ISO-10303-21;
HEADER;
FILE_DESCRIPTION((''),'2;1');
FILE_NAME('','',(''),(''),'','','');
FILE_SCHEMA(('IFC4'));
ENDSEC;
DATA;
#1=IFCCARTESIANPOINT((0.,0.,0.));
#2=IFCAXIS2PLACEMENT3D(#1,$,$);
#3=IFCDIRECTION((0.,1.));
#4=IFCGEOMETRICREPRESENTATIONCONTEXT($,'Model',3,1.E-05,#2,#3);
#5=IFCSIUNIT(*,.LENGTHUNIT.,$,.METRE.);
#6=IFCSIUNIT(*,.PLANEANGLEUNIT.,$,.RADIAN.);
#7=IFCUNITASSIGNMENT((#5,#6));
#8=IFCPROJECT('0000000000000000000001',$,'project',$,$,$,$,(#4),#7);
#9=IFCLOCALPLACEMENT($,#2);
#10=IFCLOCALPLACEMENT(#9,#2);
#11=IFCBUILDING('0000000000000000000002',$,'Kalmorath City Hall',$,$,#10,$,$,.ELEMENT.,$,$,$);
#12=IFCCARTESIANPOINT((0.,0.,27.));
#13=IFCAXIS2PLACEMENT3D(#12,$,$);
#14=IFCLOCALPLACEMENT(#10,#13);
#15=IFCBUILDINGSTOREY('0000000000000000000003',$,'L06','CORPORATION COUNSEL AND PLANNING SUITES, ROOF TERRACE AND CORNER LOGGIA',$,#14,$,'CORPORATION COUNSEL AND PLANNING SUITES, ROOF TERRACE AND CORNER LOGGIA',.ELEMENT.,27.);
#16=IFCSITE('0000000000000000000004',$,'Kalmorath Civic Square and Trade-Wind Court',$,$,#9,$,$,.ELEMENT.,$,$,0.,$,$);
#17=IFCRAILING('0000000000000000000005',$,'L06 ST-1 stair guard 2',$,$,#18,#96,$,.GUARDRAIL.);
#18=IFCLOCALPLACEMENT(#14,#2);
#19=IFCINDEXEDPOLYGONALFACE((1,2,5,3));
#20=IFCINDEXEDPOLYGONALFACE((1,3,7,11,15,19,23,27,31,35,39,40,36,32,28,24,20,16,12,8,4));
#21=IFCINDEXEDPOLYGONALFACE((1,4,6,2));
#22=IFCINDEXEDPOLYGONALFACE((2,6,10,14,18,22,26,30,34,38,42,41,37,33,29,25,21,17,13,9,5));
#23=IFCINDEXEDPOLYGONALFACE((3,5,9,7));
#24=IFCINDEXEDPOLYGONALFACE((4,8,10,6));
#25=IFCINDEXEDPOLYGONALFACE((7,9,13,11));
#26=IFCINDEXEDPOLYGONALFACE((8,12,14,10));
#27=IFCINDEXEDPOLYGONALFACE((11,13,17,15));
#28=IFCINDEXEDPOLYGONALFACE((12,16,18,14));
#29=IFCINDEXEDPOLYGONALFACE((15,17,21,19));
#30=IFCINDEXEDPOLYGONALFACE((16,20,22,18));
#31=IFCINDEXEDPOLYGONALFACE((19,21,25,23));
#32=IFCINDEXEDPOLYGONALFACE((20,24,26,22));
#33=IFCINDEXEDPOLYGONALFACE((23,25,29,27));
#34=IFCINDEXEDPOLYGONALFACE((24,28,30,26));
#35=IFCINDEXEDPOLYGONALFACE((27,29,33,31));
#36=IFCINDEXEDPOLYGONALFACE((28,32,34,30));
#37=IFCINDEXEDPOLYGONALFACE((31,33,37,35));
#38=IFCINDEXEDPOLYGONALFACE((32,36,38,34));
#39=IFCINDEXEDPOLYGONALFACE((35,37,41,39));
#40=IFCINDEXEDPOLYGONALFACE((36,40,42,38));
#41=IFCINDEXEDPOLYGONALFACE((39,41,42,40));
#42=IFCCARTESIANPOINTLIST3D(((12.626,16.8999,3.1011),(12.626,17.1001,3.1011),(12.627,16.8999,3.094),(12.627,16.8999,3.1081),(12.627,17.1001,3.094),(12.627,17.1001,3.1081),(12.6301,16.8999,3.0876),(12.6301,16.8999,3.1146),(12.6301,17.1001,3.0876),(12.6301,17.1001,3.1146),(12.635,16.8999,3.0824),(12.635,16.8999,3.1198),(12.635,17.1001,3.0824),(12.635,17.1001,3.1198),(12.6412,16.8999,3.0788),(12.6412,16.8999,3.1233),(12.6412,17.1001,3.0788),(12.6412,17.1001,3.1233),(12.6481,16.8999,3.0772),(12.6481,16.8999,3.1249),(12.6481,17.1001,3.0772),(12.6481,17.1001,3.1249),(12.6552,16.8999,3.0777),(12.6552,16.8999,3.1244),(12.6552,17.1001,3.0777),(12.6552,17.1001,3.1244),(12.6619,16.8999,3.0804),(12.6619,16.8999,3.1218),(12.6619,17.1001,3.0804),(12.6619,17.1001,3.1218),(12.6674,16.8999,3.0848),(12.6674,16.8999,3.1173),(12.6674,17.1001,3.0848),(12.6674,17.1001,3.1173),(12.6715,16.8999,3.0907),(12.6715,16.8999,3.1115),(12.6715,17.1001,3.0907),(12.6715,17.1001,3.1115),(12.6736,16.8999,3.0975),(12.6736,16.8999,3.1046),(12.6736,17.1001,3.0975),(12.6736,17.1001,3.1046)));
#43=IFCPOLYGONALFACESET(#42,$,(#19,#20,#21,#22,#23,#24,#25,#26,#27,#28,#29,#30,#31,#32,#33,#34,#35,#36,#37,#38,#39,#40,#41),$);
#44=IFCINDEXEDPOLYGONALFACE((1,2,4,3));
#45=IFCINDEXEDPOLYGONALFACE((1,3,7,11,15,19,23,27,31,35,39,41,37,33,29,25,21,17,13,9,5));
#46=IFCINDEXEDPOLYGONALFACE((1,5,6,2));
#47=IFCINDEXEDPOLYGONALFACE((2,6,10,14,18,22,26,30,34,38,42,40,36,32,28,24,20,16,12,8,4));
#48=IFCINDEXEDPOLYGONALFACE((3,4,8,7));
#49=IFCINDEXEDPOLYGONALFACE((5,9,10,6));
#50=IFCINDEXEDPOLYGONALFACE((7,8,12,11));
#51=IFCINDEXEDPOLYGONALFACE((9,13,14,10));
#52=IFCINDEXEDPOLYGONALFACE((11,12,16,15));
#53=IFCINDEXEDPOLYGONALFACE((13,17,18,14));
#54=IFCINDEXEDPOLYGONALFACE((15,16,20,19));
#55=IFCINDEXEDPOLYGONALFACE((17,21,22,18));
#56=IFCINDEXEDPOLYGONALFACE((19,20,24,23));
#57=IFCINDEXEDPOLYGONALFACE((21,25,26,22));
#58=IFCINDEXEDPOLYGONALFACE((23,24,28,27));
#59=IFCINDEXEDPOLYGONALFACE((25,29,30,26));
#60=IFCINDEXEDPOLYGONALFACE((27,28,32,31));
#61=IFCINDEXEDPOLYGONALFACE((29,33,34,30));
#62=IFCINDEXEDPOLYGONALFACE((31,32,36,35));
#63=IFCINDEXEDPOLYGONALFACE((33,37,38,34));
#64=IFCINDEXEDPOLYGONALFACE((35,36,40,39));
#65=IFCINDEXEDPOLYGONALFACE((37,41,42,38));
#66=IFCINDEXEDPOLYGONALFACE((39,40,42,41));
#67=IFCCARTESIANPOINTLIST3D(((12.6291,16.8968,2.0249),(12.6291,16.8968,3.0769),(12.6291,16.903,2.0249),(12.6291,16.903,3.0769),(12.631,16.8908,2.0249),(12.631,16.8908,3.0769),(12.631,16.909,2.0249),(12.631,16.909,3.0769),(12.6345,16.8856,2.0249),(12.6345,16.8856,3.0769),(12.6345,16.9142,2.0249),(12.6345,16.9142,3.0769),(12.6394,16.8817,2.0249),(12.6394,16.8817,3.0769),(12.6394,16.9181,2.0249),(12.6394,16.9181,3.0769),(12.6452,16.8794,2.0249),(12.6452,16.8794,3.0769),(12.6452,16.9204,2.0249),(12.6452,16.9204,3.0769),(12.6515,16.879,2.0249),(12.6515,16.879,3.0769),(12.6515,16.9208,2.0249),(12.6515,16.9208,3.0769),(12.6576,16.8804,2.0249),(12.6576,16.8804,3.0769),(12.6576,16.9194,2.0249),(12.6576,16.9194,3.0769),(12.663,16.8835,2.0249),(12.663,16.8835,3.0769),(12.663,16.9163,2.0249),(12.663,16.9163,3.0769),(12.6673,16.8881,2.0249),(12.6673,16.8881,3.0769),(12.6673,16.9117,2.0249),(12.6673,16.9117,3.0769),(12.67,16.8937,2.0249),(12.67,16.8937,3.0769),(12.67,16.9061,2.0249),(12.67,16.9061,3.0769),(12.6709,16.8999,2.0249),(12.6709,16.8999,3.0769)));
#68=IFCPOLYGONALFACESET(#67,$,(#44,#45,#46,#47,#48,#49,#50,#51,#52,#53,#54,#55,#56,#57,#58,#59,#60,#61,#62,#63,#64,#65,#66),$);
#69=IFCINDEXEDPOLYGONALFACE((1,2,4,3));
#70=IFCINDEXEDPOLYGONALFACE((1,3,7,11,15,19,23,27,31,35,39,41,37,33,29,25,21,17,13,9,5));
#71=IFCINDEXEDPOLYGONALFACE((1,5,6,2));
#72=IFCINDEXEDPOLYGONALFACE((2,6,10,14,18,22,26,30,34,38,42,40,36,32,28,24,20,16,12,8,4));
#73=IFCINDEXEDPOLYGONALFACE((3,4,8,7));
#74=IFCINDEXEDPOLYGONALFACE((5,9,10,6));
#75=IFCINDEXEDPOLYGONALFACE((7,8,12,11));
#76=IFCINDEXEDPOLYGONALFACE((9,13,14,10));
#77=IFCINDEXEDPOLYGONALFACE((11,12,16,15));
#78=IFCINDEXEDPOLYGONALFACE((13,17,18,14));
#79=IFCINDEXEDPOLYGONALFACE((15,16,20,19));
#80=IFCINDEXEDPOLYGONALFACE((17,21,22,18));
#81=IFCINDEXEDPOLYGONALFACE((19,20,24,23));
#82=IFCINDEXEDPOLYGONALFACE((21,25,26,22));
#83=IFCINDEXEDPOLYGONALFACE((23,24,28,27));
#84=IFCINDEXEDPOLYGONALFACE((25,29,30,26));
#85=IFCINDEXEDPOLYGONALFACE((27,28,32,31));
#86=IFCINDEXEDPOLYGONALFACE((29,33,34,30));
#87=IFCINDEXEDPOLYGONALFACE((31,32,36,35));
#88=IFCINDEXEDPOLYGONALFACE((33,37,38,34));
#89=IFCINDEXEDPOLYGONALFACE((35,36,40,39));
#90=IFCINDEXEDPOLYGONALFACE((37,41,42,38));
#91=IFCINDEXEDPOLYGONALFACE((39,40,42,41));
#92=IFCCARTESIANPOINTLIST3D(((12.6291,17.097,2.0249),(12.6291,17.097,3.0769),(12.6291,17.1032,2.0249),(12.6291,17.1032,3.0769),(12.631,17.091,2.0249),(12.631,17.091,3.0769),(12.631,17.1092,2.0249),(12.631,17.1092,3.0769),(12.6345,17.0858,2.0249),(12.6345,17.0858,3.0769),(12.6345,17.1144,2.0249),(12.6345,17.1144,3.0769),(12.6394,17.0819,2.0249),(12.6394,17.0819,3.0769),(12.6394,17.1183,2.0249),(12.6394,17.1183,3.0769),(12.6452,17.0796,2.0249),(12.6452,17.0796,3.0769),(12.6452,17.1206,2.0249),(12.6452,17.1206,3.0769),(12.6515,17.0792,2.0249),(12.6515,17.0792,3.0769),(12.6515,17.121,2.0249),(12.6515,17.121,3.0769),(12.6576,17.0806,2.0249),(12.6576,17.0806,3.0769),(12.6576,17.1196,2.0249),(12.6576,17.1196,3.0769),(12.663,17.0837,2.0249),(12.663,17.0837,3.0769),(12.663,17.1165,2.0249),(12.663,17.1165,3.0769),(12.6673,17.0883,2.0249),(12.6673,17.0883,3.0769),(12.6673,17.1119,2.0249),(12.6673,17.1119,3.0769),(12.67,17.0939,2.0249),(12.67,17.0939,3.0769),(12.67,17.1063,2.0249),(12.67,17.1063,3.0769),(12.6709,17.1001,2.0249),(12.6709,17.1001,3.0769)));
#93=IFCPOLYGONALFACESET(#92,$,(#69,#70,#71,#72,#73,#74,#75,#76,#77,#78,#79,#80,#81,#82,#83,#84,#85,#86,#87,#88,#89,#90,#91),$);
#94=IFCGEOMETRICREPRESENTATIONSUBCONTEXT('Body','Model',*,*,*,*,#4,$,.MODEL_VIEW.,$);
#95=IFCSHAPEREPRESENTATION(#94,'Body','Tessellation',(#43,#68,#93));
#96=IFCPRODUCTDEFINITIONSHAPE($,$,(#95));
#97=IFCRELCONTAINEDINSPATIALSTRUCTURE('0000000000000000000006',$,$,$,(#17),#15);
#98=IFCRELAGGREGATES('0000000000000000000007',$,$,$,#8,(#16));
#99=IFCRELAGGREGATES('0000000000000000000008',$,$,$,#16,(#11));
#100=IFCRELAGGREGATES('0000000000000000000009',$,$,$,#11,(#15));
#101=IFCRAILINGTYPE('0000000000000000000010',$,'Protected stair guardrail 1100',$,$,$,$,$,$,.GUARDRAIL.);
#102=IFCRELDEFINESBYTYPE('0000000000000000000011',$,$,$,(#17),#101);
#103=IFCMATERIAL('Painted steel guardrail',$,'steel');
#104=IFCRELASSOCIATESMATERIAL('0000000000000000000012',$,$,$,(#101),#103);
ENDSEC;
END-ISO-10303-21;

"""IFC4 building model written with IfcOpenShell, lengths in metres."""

from ifc_helpers import new_model, si_unit, direction, frame, origin, origin_2d, place, context, subcontext, project, spatial, circle, extrude, material, type_object, element, save


model = new_model("IFC4")

# Units and contexts
model_context = context("Model", 3, precision=1e-05, world=origin(), true_north=direction((0.0, 1.0)))
body_context = subcontext(model_context, "Body", "Model", "MODEL_VIEW")
ifc_project = project(units=[si_unit("LENGTHUNIT", "METRE"), si_unit("PLANEANGLEUNIT", "RADIAN")], contexts=[model_context])

# Site, building, storey
site_placement = place(None, origin())
site = spatial("IfcSite", under=ifc_project, at=site_placement, Name="Kalmorath Civic Square and Trade-Wind Court", CompositionType="ELEMENT", RefElevation=0.0)
building_placement = place(site_placement, origin())
building = spatial("IfcBuilding", under=site, at=building_placement, Name="Kalmorath City Hall", CompositionType="ELEMENT")
storey_placement = place(building_placement, frame((0.0, 0.0, 27.0)))
storey = spatial("IfcBuildingStorey", under=building, at=storey_placement, Name="L06", Description="CORPORATION COUNSEL AND PLANNING SUITES, ROOF TERRACE AND CORNER LOGGIA", LongName="CORPORATION COUNSEL AND PLANNING SUITES, ROOF TERRACE AND CORNER LOGGIA", CompositionType="ELEMENT", Elevation=27.0)

# Railing
ifc_material_1 = material(Name="Painted steel guardrail", Category="steel")
railing_type_1 = type_object("IfcRailingType", Name="Protected stair guardrail 1100", PredefinedType="GUARDRAIL", material=ifc_material_1)
railing_1_placement = place(storey_placement, frame((12.6499, 16.8999, 2.0249)))
element("IfcRailing", 1, at=railing_1_placement, inside=storey, type_object=railing_type_1, Name="L06 ST-1 stair guard 2", PredefinedType="GUARDRAIL", context=body_context, shape_type="SweptSolid", body=[
    extrude(circle(Radius=0.0239, at=origin_2d()), frame((0.0, 0.0, 1.0762), z_axis=(0.0, 1.0, 0.0), x_axis=(-1.0, 0.0, 0.0)), (0.0, 0.0, 1.0), 0.2002),
    extrude(circle(Radius=0.021, at=origin_2d()), origin(), (0.0, 0.0, 1.0), 1.052),
    extrude(circle(Radius=0.021, at=origin_2d()), frame((0.0, 0.2002, 0.0)), (0.0, 0.0, 1.0), 1.052),
])

save(model, "model.ifc")
